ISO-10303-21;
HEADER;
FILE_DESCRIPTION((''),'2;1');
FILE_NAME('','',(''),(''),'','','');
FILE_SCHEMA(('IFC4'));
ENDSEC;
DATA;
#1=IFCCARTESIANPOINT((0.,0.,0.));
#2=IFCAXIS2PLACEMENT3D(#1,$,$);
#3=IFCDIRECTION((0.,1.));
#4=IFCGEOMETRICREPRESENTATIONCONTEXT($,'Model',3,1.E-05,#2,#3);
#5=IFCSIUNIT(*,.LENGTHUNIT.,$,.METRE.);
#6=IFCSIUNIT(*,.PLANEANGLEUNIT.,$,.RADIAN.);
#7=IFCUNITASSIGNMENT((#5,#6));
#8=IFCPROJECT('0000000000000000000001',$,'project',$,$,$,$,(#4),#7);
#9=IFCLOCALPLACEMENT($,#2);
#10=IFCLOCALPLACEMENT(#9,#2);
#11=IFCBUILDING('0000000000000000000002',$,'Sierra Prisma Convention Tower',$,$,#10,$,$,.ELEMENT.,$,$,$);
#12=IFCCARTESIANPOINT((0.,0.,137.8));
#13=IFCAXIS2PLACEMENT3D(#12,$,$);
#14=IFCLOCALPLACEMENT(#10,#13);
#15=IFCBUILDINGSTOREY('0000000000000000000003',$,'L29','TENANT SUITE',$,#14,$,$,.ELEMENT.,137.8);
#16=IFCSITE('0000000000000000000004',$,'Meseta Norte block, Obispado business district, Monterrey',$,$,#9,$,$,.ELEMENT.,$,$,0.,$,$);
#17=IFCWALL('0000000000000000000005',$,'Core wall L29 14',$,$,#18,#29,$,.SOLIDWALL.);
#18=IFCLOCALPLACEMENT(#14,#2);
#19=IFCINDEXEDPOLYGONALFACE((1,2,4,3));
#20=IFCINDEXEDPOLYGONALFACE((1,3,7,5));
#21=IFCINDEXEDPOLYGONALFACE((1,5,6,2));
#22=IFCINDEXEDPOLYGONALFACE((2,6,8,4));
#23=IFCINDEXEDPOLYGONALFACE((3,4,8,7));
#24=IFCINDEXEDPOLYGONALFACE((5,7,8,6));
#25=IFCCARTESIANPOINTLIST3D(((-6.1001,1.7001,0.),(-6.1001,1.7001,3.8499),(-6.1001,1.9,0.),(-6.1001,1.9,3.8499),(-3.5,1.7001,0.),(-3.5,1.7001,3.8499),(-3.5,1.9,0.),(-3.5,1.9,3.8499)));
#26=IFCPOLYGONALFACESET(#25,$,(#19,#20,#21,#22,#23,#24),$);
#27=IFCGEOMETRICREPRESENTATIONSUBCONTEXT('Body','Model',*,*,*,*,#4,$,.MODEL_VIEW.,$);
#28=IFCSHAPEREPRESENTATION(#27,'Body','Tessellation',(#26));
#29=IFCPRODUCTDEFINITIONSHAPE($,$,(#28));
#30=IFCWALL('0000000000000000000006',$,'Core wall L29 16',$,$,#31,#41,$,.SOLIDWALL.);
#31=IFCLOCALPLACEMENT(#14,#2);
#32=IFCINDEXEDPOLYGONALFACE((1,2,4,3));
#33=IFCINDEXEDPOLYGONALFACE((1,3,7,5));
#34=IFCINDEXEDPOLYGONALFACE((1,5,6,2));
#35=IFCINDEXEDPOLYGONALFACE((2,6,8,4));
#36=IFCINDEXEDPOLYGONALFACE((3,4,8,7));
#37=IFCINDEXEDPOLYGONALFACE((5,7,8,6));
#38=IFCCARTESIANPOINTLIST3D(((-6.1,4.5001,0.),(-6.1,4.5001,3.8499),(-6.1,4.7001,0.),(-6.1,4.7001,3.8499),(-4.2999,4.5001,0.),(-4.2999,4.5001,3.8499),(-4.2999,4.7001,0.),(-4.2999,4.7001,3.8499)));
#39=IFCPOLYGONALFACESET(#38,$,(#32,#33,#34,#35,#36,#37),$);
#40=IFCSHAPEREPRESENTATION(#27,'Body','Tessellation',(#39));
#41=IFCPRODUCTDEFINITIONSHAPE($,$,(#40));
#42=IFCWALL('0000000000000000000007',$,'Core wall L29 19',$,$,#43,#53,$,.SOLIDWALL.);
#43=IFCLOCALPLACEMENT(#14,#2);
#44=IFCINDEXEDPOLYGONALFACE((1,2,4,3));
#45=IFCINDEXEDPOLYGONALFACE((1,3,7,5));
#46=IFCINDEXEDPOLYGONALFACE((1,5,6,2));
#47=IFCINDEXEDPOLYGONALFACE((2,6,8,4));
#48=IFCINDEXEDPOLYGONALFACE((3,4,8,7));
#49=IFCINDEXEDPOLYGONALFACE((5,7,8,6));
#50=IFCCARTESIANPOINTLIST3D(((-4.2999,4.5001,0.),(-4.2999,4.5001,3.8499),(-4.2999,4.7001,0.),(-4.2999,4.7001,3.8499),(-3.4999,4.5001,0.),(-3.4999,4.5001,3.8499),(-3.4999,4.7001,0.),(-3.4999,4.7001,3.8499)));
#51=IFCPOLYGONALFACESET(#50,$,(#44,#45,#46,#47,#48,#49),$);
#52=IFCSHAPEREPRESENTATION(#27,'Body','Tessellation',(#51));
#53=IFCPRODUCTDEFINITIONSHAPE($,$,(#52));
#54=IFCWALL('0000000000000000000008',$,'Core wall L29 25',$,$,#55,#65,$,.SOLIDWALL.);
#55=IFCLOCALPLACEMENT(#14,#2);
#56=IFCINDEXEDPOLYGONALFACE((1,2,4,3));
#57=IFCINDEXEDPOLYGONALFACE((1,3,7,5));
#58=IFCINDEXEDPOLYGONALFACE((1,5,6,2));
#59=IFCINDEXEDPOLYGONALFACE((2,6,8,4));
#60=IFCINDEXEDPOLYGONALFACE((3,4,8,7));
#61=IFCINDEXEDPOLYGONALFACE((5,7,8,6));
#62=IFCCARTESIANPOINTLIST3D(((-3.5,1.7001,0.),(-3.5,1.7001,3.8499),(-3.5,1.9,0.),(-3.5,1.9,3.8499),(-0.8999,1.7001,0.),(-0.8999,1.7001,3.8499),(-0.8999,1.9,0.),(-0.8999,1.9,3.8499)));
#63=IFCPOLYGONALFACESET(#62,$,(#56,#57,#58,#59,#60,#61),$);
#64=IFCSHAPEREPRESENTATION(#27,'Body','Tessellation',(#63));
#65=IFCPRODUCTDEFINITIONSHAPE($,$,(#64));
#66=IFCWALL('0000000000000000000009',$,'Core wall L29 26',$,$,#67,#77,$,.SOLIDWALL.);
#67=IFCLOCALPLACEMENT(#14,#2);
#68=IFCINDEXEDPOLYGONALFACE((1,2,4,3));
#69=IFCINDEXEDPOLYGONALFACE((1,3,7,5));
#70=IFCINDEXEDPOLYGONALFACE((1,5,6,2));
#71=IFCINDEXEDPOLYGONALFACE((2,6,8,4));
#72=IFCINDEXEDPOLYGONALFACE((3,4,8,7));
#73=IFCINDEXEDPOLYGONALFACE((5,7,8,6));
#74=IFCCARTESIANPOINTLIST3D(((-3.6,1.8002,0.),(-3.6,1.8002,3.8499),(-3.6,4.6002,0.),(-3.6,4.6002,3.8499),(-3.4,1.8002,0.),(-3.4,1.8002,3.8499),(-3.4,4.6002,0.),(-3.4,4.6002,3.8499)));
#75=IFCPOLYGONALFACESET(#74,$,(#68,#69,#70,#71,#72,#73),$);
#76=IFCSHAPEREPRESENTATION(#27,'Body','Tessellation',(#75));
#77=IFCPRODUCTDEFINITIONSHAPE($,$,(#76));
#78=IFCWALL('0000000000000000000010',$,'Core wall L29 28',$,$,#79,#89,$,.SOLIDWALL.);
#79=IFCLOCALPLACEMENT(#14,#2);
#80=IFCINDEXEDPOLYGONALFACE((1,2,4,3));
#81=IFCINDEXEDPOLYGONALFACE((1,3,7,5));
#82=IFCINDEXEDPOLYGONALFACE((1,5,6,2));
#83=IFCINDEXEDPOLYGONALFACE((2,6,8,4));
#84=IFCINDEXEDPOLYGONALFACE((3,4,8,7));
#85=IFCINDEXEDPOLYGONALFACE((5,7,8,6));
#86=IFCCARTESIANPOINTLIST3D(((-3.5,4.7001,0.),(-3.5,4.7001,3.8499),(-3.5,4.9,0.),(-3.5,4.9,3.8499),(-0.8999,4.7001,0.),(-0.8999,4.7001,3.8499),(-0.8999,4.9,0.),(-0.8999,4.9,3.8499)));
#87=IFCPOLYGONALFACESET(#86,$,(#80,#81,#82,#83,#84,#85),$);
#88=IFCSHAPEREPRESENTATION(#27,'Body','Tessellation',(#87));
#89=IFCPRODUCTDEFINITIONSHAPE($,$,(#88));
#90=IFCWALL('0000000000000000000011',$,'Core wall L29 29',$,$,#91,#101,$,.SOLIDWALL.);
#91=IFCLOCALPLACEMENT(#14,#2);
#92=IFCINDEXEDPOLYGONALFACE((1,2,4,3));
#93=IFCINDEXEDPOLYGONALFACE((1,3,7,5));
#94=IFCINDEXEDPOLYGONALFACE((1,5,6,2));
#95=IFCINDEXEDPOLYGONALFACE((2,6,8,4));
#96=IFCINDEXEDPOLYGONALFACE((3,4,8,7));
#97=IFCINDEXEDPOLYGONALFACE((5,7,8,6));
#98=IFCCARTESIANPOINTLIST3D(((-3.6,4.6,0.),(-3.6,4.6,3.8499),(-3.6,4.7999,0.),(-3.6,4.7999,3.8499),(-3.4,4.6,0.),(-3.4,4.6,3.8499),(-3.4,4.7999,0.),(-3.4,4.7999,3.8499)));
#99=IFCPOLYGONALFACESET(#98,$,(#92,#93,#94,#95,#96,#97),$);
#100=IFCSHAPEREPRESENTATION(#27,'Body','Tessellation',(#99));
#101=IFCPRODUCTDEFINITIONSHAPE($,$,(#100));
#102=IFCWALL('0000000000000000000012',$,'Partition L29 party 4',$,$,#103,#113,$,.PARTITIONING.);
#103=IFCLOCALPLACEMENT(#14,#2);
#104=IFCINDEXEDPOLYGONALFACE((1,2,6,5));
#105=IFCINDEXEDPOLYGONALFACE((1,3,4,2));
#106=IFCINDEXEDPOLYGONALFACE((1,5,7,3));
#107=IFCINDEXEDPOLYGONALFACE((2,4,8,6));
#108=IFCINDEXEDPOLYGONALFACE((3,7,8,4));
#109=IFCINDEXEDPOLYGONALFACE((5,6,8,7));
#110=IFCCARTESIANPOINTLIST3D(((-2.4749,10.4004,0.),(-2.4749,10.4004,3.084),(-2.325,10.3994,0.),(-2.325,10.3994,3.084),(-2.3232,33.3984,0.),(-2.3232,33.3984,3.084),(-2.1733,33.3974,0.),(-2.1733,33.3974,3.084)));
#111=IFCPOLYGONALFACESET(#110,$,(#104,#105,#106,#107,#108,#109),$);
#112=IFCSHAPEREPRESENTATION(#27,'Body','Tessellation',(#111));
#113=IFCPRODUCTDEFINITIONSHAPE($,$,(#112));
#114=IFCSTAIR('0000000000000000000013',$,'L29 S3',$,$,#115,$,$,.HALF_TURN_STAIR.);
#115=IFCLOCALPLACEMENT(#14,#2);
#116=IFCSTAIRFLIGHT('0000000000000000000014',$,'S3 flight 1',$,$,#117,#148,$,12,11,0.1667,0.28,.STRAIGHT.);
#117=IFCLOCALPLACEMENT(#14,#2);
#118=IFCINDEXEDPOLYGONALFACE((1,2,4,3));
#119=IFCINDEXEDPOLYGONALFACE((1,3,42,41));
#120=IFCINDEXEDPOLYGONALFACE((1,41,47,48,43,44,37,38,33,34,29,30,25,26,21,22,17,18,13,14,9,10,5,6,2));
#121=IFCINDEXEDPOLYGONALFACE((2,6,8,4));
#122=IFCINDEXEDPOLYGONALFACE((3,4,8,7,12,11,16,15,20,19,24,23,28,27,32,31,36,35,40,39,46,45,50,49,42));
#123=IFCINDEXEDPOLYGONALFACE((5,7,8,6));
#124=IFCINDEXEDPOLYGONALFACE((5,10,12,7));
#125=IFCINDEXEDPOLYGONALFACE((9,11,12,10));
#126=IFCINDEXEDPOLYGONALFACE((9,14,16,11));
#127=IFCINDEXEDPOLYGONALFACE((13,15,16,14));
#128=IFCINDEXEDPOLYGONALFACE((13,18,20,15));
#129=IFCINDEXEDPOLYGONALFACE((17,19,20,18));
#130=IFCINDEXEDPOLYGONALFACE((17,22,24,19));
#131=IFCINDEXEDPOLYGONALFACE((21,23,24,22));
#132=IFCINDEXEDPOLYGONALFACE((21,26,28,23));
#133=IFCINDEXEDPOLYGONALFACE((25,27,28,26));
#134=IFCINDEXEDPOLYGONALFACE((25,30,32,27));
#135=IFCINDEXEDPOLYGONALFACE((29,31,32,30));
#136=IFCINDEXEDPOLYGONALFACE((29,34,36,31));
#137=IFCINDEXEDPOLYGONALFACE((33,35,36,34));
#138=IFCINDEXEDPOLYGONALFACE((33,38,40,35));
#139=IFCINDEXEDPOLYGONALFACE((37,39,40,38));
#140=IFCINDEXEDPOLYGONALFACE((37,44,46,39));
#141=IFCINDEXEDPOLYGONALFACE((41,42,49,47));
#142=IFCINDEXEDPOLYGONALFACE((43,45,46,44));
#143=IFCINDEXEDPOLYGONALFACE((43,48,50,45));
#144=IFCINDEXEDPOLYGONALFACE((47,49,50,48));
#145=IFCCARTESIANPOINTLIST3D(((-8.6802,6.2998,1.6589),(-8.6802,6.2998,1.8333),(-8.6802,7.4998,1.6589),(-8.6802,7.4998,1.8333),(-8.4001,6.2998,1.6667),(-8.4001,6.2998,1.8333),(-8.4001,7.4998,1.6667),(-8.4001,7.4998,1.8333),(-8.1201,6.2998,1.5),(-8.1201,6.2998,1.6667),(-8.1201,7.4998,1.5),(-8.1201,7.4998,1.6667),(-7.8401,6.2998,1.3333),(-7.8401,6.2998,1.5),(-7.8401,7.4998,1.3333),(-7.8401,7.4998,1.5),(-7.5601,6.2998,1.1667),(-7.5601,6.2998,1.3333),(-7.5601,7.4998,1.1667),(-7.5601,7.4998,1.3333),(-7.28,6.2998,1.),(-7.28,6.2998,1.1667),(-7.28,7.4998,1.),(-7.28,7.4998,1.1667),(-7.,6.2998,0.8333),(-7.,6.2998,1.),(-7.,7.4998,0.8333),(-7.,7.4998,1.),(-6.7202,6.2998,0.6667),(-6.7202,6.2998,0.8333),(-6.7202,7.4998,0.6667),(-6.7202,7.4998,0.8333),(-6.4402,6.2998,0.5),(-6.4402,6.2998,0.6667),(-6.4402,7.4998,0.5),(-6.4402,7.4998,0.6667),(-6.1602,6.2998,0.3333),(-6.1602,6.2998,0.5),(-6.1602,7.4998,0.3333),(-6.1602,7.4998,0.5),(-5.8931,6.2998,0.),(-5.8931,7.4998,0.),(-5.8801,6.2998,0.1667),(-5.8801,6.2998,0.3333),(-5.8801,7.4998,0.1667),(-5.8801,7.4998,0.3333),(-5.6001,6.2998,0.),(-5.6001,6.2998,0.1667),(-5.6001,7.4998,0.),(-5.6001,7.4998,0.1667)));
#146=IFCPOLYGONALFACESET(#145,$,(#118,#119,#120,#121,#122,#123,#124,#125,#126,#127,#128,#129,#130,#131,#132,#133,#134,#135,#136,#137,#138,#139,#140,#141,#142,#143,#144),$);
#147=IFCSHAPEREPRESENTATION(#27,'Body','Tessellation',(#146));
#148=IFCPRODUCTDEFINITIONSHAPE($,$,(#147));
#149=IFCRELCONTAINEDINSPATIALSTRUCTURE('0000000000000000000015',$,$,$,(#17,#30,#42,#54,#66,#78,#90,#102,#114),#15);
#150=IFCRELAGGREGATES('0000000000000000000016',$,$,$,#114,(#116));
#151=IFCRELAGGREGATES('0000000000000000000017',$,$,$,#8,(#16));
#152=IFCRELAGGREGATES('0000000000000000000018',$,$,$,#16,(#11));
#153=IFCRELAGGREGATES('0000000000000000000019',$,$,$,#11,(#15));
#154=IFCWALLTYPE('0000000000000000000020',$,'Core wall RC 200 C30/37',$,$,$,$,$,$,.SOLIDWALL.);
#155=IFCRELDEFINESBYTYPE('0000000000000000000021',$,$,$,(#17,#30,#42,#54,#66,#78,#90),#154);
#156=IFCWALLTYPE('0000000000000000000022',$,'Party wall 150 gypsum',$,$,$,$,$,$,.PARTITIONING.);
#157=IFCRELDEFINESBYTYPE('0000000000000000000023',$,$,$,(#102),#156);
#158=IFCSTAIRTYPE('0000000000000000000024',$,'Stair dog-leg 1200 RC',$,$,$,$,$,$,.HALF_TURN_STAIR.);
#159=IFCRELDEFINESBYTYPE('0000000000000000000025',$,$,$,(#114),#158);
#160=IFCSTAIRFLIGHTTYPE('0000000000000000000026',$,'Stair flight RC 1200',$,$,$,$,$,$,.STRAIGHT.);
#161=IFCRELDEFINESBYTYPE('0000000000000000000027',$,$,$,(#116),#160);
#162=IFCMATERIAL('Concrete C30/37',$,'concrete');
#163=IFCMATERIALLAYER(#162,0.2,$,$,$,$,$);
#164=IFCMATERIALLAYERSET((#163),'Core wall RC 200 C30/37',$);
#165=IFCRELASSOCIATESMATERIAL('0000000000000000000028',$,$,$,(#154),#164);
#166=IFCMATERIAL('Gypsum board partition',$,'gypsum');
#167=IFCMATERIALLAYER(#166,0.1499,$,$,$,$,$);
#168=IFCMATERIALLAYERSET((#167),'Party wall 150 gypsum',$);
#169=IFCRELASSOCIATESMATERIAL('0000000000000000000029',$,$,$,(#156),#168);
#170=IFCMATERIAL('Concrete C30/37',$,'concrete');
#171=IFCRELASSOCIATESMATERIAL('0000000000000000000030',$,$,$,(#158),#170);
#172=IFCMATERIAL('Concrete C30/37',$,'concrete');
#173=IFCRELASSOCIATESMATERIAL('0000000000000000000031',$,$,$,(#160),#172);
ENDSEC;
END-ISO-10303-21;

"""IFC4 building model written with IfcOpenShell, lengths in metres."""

from ifc_helpers import new_model, si_unit, direction, frame, frame_2d, origin, place, context, subcontext, project, spatial, polyline, rectangle, outline, extrude, material, layer, layer_set, type_object, element, aggregate, save


model = new_model("IFC4")

# Units and contexts
model_context = context("Model", 3, precision=1e-05, world=origin(), true_north=direction((0.0, 1.0)))
body_context = subcontext(model_context, "Body", "Model", "MODEL_VIEW")
ifc_project = project(units=[si_unit("LENGTHUNIT", "METRE"), si_unit("PLANEANGLEUNIT", "RADIAN")], contexts=[model_context])

# Site, building, storey
site_placement = place(None, origin())
site = spatial("IfcSite", under=ifc_project, at=site_placement, Name="Meseta Norte block, Obispado business district, Monterrey", CompositionType="ELEMENT", RefElevation=0.0)
building_placement = place(site_placement, origin())
building = spatial("IfcBuilding", under=site, at=building_placement, Name="Sierra Prisma Convention Tower", CompositionType="ELEMENT")
storey_placement = place(building_placement, frame((0.0, 0.0, 137.8)))
storey = spatial("IfcBuildingStorey", under=building, at=storey_placement, Name="L29", Description="TENANT SUITE", CompositionType="ELEMENT", Elevation=137.8)

# Walls
ifc_material_1 = material(Name="Concrete C30/37", Category="concrete")
ifc_layer_1 = layer(ifc_material_1, 0.2)
ifc_layer_set_1 = layer_set([ifc_layer_1], Name="Core wall RC 200 C30/37")
wall_type_1 = type_object("IfcWallType", Name="Core wall RC 200 C30/37", PredefinedType="SOLIDWALL", material=ifc_layer_set_1)
wall_1_placement = place(storey_placement, frame((-3.5, 1.8, 0.0), z_axis=(0.0, 0.0, 1.0), x_axis=(-1.0, 0.0, 0.0)))
element("IfcWall", 1, at=wall_1_placement, inside=storey, type_object=wall_type_1, Name="Core wall L29 14", PredefinedType="SOLIDWALL", context=body_context, shape_type="SweptSolid", body=[
    extrude(rectangle(XDim=2.6001, YDim=0.2, at=frame_2d((1.3, 0.0))), origin(), (0.0, 0.0, 1.0), 3.8499),
])
wall_2_placement = place(storey_placement, frame((-4.3, 4.6001, 0.0), z_axis=(0.0, 0.0, 1.0), x_axis=(-1.0, 0.0, 0.0)))
element("IfcWall", 2, at=wall_2_placement, inside=storey, type_object=wall_type_1, Name="Core wall L29 16", PredefinedType="SOLIDWALL", context=body_context, shape_type="SweptSolid", body=[
    extrude(rectangle(XDim=1.8, YDim=0.2, at=frame_2d((0.8999, 0.0))), origin(), (0.0, 0.0, 1.0), 3.8499),
])
wall_3_placement = place(storey_placement, frame((-3.5, 4.6001, 0.0), z_axis=(0.0, 0.0, 1.0), x_axis=(-1.0, 0.0, 0.0)))
element("IfcWall", 3, at=wall_3_placement, inside=storey, type_object=wall_type_1, Name="Core wall L29 19", PredefinedType="SOLIDWALL", context=body_context, shape_type="SweptSolid", body=[
    extrude(rectangle(XDim=0.8, YDim=0.2, at=frame_2d((0.3999, 0.0))), origin(), (0.0, 0.0, 1.0), 3.8499),
])

# Walls
wall_4_placement = place(storey_placement, frame((-0.8999, 1.8, 0.0), z_axis=(0.0, 0.0, 1.0), x_axis=(-1.0, 0.0, 0.0)))
element("IfcWall", 4, at=wall_4_placement, inside=storey, type_object=wall_type_1, Name="Core wall L29 25", PredefinedType="SOLIDWALL", context=body_context, shape_type="SweptSolid", body=[
    extrude(rectangle(XDim=2.6001, YDim=0.2, at=frame_2d((1.3, 0.0))), origin(), (0.0, 0.0, 1.0), 3.8499),
])
wall_5_placement = place(storey_placement, frame((-3.5, 4.6001, 0.0), z_axis=(0.0, 0.0, 1.0), x_axis=(0.0, -1.0, 0.0)))
element("IfcWall", 5, at=wall_5_placement, inside=storey, type_object=wall_type_1, Name="Core wall L29 26", PredefinedType="SOLIDWALL", context=body_context, shape_type="SweptSolid", body=[
    extrude(rectangle(XDim=2.8, YDim=0.2, at=frame_2d((1.3999, 0.0))), origin(), (0.0, 0.0, 1.0), 3.8499),
])

# Walls
wall_6_placement = place(storey_placement, frame((-0.8999, 4.8, 0.0), z_axis=(0.0, 0.0, 1.0), x_axis=(-1.0, 0.0, 0.0)))
element("IfcWall", 6, at=wall_6_placement, inside=storey, type_object=wall_type_1, Name="Core wall L29 28", PredefinedType="SOLIDWALL", context=body_context, shape_type="SweptSolid", body=[
    extrude(rectangle(XDim=2.6001, YDim=0.2, at=frame_2d((1.3, 0.0))), origin(), (0.0, 0.0, 1.0), 3.8499),
])
wall_7_placement = place(storey_placement, frame((-3.5, 4.8, 0.0), z_axis=(0.0, 0.0, 1.0), x_axis=(0.0, -1.0, 0.0)))
element("IfcWall", 7, at=wall_7_placement, inside=storey, type_object=wall_type_1, Name="Core wall L29 29", PredefinedType="SOLIDWALL", context=body_context, shape_type="SweptSolid", body=[
    extrude(rectangle(XDim=0.2, YDim=0.2, at=frame_2d((0.1001, 0.0))), origin(), (0.0, 0.0, 1.0), 3.8499),
])

# Wall
ifc_material_2 = material(Name="Gypsum board partition", Category="gypsum")
ifc_layer_2 = layer(ifc_material_2, 0.1499)
ifc_layer_set_2 = layer_set([ifc_layer_2], Name="Party wall 150 gypsum")
wall_type_2 = type_object("IfcWallType", Name="Party wall 150 gypsum", PredefinedType="PARTITIONING", material=ifc_layer_set_2)
wall_8_placement = place(storey_placement, frame((-2.3999, 10.3999, 0.0), z_axis=(0.0, 0.0, 1.0), x_axis=(0.006592, 0.999978, 0.0)))
element("IfcWall", 8, at=wall_8_placement, inside=storey, type_object=wall_type_2, Name="Partition L29 party 4", PredefinedType="PARTITIONING", context=body_context, shape_type="SweptSolid", body=[
    extrude(rectangle(XDim=22.9985, YDim=0.1499, at=frame_2d((11.4993, 0.0))), origin(), (0.0, 0.0, 1.0), 3.084),
])

# Stair, stair flight
ifc_material_3 = material(Name="Concrete C30/37", Category="concrete")
stair_type = type_object("IfcStairType", Name="Stair dog-leg 1200 RC", PredefinedType="HALF_TURN_STAIR", material=ifc_material_3)
stair_placement = place(storey_placement, origin())
stair = element("IfcStair", 9, at=stair_placement, inside=storey, type_object=stair_type, Name="L29 S3", PredefinedType="HALF_TURN_STAIR")
ifc_material_4 = material(Name="Concrete C30/37", Category="concrete")
stair_flight_type = type_object("IfcStairFlightType", Name="Stair flight RC 1200", PredefinedType="STRAIGHT", material=ifc_material_4)
stair_flight_placement = place(storey_placement, frame((-5.6001, 6.8999, 0.0), z_axis=(0.0, 0.0, 1.0), x_axis=(-1.0, 0.0, 0.0)))
stair_flight = element("IfcStairFlight", 10, at=stair_flight_placement, type_object=stair_flight_type, Name="S3 flight 1", NumberOfRisers=12, NumberOfTreads=11, PredefinedType="STRAIGHT", RiserHeight=0.1667, TreadLength=0.28, context=body_context, shape_type="SweptSolid", body=[
    extrude(outline(polyline([(0.0, 0.0), (0.0, 0.1667), (0.28, 0.1667), (0.28, 0.3333), (0.5601, 0.3333), (0.5601, 0.5), (0.8401, 0.5), (0.8401, 0.6667), (1.1201, 0.6667), (1.1201, 0.8333), (1.3999, 0.8333), (1.3999, 1.0), (1.6799, 1.0), (1.6799, 1.1667), (1.96, 1.1667), (1.96, 1.3333), (2.24, 1.3333), (2.24, 1.5), (2.52, 1.5), (2.52, 1.6667), (2.8, 1.6667), (2.8, 1.8333), (3.0801, 1.8333), (3.0801, 2.0), (3.0801, 1.6589), (0.293, 0.0), (0.0, 0.0)])), frame((0.0, 0.6001, 0.0), z_axis=(0.0, -1.0, 0.0), x_axis=(1.0, 0.0, 0.0)), (0.0, 0.0, 1.0), 1.2),
])
aggregate(stair, [stair_flight])

save(model, "model.ifc")
